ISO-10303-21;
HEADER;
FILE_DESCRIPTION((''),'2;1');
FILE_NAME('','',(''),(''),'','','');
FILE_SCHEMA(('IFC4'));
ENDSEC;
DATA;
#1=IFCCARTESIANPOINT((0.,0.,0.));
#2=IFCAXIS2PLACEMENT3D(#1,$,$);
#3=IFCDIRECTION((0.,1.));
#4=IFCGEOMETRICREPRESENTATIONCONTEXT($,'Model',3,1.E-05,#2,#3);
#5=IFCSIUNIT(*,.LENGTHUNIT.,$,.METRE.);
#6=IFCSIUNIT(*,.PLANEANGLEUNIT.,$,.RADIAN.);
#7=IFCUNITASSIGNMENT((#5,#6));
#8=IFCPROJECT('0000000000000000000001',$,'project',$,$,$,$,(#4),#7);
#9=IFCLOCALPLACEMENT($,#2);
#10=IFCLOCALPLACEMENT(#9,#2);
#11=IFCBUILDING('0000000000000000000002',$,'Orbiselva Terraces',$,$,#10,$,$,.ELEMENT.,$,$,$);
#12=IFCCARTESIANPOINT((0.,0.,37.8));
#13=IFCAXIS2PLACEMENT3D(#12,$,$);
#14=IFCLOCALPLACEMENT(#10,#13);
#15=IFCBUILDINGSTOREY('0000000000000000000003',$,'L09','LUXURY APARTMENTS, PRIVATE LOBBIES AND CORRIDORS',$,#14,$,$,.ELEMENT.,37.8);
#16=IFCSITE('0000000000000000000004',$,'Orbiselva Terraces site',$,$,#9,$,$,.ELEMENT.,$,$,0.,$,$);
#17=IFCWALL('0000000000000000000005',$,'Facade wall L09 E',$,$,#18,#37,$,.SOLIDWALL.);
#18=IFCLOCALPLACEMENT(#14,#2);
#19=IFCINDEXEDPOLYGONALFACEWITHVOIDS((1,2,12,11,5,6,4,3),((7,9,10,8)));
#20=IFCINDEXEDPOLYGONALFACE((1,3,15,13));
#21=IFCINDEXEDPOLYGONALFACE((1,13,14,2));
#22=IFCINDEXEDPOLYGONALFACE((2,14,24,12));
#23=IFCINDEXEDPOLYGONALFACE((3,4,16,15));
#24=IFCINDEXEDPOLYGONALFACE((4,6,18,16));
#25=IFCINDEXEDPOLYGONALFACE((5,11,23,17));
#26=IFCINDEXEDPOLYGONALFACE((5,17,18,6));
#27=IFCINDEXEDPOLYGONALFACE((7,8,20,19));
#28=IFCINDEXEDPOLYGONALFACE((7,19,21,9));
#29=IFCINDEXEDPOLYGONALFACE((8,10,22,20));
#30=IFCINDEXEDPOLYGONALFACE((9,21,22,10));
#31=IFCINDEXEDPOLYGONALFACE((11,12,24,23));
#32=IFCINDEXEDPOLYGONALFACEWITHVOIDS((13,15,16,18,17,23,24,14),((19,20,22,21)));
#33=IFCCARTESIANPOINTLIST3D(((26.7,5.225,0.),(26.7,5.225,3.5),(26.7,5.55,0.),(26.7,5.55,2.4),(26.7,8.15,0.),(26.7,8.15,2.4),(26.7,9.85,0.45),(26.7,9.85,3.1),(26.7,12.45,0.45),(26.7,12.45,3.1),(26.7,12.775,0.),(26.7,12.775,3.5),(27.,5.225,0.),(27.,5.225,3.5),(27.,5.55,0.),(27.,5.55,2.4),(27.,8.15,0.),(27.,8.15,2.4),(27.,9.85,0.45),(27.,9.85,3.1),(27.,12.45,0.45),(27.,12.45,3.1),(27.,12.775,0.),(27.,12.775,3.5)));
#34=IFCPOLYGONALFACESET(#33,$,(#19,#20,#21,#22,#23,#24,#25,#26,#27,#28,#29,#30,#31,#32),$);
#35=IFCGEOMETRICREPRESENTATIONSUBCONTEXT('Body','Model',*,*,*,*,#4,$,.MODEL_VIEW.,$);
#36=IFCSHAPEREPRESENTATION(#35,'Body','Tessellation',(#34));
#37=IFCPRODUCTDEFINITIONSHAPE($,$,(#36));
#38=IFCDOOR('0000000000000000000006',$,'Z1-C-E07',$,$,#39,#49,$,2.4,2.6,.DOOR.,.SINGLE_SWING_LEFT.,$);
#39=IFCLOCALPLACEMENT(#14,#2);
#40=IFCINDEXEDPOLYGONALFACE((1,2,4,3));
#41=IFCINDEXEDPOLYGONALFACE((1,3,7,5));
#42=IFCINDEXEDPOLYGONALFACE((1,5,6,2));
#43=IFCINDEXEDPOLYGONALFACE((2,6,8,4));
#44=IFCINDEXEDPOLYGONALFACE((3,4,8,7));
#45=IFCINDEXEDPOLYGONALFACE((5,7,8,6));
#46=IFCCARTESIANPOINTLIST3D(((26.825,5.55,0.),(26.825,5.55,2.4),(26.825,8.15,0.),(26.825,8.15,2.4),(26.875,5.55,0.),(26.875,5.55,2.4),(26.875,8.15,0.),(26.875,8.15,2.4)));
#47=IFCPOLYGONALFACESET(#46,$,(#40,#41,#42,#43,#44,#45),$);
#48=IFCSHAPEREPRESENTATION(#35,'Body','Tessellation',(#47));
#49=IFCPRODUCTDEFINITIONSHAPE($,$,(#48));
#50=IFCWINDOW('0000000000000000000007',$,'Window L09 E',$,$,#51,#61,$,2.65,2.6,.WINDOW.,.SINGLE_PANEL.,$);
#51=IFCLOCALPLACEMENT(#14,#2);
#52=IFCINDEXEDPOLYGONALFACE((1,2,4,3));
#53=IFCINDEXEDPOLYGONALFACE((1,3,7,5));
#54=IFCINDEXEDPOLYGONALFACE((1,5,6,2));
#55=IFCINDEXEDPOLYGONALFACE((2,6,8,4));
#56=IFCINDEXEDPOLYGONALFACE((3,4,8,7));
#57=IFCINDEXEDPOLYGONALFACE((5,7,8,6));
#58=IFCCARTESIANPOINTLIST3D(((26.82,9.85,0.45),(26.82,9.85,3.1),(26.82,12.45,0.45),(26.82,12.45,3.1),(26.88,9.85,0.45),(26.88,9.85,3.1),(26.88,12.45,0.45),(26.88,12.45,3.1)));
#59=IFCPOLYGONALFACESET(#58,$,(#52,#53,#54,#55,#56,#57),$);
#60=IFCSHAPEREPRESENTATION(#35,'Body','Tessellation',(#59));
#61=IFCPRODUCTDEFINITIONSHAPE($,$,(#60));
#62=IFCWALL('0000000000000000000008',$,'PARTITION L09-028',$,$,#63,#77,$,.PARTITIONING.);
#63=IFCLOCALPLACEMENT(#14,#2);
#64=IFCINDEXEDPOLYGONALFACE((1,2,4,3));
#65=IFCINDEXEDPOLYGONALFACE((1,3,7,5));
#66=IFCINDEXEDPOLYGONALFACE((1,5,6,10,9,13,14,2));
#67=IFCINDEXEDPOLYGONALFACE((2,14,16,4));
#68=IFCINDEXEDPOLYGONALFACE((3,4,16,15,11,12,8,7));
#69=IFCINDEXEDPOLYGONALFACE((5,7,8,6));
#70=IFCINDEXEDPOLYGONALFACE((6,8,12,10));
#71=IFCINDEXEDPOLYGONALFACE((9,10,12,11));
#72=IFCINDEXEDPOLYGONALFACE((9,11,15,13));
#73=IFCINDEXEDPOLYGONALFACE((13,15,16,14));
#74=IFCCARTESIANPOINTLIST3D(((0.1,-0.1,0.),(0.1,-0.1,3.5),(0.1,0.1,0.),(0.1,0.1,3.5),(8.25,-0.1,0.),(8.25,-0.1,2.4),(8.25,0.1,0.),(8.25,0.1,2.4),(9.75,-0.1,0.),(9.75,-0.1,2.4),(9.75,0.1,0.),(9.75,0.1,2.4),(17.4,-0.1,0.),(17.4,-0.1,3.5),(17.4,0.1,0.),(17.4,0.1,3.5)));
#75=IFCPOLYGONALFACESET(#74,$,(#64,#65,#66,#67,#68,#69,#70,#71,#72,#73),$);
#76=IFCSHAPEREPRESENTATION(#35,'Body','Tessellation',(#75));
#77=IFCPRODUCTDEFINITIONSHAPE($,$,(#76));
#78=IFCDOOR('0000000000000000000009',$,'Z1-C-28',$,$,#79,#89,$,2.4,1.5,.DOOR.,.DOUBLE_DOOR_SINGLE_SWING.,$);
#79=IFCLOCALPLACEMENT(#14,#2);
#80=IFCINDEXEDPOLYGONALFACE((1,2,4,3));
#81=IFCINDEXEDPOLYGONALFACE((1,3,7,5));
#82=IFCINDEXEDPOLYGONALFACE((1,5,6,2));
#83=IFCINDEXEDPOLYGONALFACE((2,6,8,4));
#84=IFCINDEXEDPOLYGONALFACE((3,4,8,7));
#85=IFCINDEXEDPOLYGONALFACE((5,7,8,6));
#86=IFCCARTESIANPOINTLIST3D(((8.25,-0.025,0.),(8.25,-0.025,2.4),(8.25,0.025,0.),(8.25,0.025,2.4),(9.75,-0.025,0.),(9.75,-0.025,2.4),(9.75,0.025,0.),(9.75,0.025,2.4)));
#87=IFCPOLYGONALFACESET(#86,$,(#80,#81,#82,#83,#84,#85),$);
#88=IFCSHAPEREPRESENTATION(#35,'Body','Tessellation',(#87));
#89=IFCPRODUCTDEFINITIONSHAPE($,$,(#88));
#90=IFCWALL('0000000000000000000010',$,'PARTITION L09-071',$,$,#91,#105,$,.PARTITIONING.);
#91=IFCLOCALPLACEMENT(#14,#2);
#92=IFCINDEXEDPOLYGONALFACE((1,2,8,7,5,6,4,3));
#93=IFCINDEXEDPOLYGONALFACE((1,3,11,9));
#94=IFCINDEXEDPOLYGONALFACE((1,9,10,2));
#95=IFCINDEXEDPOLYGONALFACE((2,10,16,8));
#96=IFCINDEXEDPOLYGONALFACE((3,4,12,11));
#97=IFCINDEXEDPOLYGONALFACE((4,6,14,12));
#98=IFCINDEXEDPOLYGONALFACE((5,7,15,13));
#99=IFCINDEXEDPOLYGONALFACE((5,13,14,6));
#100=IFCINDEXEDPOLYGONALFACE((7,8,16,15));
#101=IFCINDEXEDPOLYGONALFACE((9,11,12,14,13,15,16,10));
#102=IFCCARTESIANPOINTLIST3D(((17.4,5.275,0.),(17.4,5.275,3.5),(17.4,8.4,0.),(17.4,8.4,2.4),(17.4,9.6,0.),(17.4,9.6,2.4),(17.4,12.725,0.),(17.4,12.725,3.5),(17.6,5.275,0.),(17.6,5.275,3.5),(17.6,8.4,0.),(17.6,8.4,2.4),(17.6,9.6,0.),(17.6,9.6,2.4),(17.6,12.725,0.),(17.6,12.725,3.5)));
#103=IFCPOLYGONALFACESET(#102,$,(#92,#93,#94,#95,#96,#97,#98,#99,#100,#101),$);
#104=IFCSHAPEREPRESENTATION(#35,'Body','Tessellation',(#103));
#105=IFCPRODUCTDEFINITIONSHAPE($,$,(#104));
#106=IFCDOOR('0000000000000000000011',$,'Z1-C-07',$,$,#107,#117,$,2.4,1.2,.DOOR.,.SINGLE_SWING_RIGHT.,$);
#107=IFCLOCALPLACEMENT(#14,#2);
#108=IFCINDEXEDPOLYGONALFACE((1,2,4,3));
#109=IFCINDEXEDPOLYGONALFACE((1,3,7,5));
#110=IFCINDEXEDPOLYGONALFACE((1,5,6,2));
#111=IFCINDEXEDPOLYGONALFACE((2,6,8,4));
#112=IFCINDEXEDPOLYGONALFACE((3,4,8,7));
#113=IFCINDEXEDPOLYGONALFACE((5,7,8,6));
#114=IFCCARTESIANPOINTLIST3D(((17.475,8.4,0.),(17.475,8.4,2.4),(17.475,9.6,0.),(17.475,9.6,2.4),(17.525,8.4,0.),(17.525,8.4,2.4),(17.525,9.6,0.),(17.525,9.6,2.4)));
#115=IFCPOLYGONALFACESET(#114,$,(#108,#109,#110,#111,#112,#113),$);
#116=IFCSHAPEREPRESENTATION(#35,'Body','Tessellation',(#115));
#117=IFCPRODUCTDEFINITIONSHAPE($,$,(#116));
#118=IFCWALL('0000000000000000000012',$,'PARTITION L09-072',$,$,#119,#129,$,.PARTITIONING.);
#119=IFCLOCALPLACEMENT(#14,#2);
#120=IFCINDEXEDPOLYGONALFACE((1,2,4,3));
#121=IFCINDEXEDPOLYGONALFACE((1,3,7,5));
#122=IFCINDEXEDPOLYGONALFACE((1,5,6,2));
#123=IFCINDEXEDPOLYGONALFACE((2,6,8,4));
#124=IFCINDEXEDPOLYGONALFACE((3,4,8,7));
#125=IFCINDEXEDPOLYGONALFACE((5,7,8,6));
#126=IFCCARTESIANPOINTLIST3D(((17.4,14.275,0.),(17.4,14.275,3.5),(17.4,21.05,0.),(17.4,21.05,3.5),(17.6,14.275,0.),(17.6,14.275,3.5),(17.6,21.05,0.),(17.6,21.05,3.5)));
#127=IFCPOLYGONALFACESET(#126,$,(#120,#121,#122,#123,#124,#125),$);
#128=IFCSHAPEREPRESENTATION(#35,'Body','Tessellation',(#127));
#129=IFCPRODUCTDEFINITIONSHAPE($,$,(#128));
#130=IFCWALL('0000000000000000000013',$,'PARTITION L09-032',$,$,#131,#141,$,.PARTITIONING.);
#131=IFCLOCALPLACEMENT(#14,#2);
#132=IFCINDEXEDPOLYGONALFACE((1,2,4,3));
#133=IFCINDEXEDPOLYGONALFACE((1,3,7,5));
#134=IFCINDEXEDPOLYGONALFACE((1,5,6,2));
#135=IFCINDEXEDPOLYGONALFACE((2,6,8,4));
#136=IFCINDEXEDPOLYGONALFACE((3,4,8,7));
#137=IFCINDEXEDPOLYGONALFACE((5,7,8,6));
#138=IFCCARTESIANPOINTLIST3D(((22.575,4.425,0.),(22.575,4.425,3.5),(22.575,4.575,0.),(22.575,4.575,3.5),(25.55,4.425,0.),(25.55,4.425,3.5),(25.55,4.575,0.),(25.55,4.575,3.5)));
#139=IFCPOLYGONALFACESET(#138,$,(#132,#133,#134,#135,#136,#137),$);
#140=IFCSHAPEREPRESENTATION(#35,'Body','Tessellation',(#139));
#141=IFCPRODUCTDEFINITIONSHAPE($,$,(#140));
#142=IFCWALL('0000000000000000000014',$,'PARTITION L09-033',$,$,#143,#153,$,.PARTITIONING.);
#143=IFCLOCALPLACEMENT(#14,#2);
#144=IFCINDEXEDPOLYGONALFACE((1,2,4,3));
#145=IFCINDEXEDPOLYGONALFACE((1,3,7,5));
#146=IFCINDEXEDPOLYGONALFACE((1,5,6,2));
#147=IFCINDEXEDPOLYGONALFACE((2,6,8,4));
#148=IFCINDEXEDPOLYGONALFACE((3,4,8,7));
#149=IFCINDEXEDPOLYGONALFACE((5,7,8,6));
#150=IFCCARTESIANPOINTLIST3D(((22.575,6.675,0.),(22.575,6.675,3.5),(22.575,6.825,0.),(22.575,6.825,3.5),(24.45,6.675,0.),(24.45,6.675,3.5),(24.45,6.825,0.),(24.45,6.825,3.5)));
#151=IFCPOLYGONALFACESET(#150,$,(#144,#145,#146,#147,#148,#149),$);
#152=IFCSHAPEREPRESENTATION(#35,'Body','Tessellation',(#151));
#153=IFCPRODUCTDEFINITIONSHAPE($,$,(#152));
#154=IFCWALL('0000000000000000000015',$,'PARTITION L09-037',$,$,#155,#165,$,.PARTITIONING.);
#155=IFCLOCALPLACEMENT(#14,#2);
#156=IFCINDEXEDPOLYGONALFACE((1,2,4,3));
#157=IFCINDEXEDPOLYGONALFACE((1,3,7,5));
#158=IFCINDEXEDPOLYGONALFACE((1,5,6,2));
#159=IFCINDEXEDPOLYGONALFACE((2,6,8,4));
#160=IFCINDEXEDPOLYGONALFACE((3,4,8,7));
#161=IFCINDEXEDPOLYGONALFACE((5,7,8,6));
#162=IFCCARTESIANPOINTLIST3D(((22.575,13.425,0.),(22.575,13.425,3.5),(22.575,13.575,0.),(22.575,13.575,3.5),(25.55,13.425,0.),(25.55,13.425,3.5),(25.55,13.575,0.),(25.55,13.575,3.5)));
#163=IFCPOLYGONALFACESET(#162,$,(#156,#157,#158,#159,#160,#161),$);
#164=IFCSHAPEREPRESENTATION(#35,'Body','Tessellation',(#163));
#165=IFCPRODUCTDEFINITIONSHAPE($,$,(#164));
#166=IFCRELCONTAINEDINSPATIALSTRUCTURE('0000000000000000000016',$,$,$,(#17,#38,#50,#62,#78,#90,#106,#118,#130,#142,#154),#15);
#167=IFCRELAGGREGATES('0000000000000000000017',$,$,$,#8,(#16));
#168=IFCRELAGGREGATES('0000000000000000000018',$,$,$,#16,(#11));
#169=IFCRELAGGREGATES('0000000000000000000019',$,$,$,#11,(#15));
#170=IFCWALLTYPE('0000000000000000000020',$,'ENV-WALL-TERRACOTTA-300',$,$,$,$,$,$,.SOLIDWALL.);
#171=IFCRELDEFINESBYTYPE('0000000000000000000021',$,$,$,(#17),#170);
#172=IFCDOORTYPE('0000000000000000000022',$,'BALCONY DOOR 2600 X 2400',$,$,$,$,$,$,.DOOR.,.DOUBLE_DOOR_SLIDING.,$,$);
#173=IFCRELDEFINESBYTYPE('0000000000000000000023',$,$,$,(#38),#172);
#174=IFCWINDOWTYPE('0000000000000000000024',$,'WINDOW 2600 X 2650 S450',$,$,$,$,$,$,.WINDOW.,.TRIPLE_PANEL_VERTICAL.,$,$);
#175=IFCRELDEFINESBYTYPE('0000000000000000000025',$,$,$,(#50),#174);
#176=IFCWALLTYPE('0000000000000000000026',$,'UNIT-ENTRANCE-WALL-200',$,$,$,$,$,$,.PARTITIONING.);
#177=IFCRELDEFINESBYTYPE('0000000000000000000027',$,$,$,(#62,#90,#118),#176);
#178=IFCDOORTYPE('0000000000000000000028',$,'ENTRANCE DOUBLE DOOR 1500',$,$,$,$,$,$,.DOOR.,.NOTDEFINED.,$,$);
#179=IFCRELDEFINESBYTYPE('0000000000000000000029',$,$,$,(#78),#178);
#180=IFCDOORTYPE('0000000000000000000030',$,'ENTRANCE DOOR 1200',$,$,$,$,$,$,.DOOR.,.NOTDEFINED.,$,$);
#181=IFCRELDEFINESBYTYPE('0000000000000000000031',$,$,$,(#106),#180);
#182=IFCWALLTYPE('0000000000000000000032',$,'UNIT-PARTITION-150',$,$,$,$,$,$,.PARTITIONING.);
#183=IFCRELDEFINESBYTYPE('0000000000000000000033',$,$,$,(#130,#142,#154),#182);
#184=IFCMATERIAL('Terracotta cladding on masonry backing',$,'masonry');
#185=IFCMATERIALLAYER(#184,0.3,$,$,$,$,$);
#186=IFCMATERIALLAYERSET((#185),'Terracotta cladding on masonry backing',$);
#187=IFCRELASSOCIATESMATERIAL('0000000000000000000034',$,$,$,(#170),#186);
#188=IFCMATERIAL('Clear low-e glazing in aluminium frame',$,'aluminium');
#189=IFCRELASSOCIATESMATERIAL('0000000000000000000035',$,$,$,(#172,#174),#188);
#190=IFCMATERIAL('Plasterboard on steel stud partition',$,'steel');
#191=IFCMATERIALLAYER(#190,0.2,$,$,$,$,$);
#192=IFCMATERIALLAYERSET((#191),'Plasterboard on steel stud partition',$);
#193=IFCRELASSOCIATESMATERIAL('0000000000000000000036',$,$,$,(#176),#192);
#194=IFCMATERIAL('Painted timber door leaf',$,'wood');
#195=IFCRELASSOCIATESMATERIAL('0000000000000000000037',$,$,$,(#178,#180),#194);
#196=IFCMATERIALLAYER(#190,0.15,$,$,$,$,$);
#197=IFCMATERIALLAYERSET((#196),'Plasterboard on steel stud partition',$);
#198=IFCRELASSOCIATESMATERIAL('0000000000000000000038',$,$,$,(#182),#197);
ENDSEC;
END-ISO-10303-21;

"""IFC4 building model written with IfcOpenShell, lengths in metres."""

from ifc_helpers import new_model, si_unit, direction, frame, frame_2d, origin, place, context, subcontext, project, spatial, rectangle, extrude, material, layer, layer_set, type_object, element, fill, save


model = new_model("IFC4")

# Units and contexts
model_context = context("Model", 3, precision=1e-05, world=origin(), true_north=direction((0.0, 1.0)))
body_context = subcontext(model_context, "Body", "Model", "MODEL_VIEW")
ifc_project = project(units=[si_unit("LENGTHUNIT", "METRE"), si_unit("PLANEANGLEUNIT", "RADIAN")], contexts=[model_context])

# Site, building, storey
site_placement = place(None, origin())
site = spatial("IfcSite", under=ifc_project, at=site_placement, Name="Orbiselva Terraces site", CompositionType="ELEMENT", RefElevation=0.0)
building_placement = place(site_placement, origin())
building = spatial("IfcBuilding", under=site, at=building_placement, Name="Orbiselva Terraces", CompositionType="ELEMENT")
storey_placement = place(building_placement, frame((0.0, 0.0, 37.8)))
storey = spatial("IfcBuildingStorey", under=building, at=storey_placement, Name="L09", Description="LUXURY APARTMENTS, PRIVATE LOBBIES AND CORRIDORS", CompositionType="ELEMENT", Elevation=37.8)

# Wall, openings, door, window
ifc_material_1 = material(Name="Terracotta cladding on masonry backing", Category="masonry")
ifc_layer_1 = layer(ifc_material_1, 0.3)
ifc_layer_set_1 = layer_set([ifc_layer_1], Name="Terracotta cladding on masonry backing")
wall_type_1 = type_object("IfcWallType", Name="ENV-WALL-TERRACOTTA-300", PredefinedType="SOLIDWALL", material=ifc_layer_set_1)
ifc_material_2 = material(Name="Clear low-e glazing in aluminium frame", Category="aluminium")
door_type_1 = type_object("IfcDoorType", Name="BALCONY DOOR 2600 X 2400", OperationType="DOUBLE_DOOR_SLIDING", PredefinedType="DOOR", material=ifc_material_2)
window_type = type_object("IfcWindowType", Name="WINDOW 2600 X 2650 S450", PartitioningType="TRIPLE_PANEL_VERTICAL", PredefinedType="WINDOW", material=ifc_material_2)
wall_1_placement = place(storey_placement, frame((26.85, 12.775, 0.0), z_axis=(0.0, 0.0, 1.0), x_axis=(0.0, -1.0, 0.0)))
wall_1 = element("IfcWall", 1, at=wall_1_placement, inside=storey, type_object=wall_type_1, Name="Facade wall L09 E", PredefinedType="SOLIDWALL", context=body_context, shape_type="SweptSolid", body=[
    extrude(rectangle(XDim=7.55, YDim=0.3, at=frame_2d((3.775, 0.0))), origin(), (0.0, 0.0, 1.0), 3.5),
])
opening_1_placement = place(wall_1_placement, frame((4.625, 0.0, 0.0)))
opening_1 = element("IfcOpeningElement", 2, at=opening_1_placement, cuts=wall_1, PredefinedType="OPENING", context=body_context, shape_type="SweptSolid", body=[
    extrude(rectangle(XDim=2.6, YDim=2.4, at=frame_2d((1.3, 1.2))), frame((0.0, 0.16, 0.0), z_axis=(0.0, -1.0, 0.0), x_axis=(1.0, 0.0, 0.0)), (0.0, 0.0, 1.0), 0.32),
])
opening_2_placement = place(wall_1_placement, frame((0.325, 0.0, 0.45)))
opening_2 = element("IfcOpeningElement", 3, at=opening_2_placement, cuts=wall_1, PredefinedType="OPENING", context=body_context, shape_type="SweptSolid", body=[
    extrude(rectangle(XDim=2.6, YDim=2.65, at=frame_2d((1.3, 1.325))), frame((0.0, 0.16, 0.0), z_axis=(0.0, -1.0, 0.0), x_axis=(1.0, 0.0, 0.0)), (0.0, 0.0, 1.0), 0.32),
])
door_1_placement = place(opening_1_placement, origin())
door_1 = element("IfcDoor", 4, at=door_1_placement, inside=storey, type_object=door_type_1, Name="Z1-C-E07", OperationType="SINGLE_SWING_LEFT", OverallHeight=2.4, OverallWidth=2.6, PredefinedType="DOOR", context=body_context, shape_type="SweptSolid", body=[
    extrude(rectangle(XDim=2.6, YDim=2.4, at=frame_2d((1.3, 1.2))), frame((0.0, 0.025, 0.0), z_axis=(0.0, -1.0, 0.0), x_axis=(1.0, 0.0, 0.0)), (0.0, 0.0, 1.0), 0.05),
])
fill(opening_1, door_1)
window_1_placement = place(opening_2_placement, origin())
window_1 = element("IfcWindow", 5, at=window_1_placement, inside=storey, type_object=window_type, Name="Window L09 E", OverallHeight=2.65, OverallWidth=2.6, PartitioningType="SINGLE_PANEL", PredefinedType="WINDOW", context=body_context, shape_type="SweptSolid", body=[
    extrude(rectangle(XDim=2.6, YDim=2.65, at=frame_2d((1.3, 1.325))), frame((0.0, 0.03, 0.0), z_axis=(0.0, -1.0, 0.0), x_axis=(1.0, 0.0, 0.0)), (0.0, 0.0, 1.0), 0.06),
])
fill(opening_2, window_1)

# Walls, openings, doors
ifc_material_3 = material(Name="Plasterboard on steel stud partition", Category="steel")
ifc_layer_2 = layer(ifc_material_3, 0.2)
ifc_layer_set_2 = layer_set([ifc_layer_2], Name="Plasterboard on steel stud partition")
wall_type_2 = type_object("IfcWallType", Name="UNIT-ENTRANCE-WALL-200", PredefinedType="PARTITIONING", material=ifc_layer_set_2)
wall_2_placement = place(storey_placement, frame((17.4, 0.0, 0.0), z_axis=(0.0, 0.0, 1.0), x_axis=(-1.0, 0.0, 0.0)))
wall_2 = element("IfcWall", 6, at=wall_2_placement, inside=storey, type_object=wall_type_2, Name="PARTITION L09-028", PredefinedType="PARTITIONING", context=body_context, shape_type="SweptSolid", body=[
    extrude(rectangle(XDim=17.3, YDim=0.2, at=frame_2d((8.65, 0.0))), origin(), (0.0, 0.0, 1.0), 3.5),
])
opening_3_placement = place(wall_2_placement, frame((7.65, 0.0, 0.0)))
opening_3 = element("IfcOpeningElement", 7, at=opening_3_placement, cuts=wall_2, PredefinedType="OPENING", context=body_context, shape_type="SweptSolid", body=[
    extrude(rectangle(XDim=1.5, YDim=2.4, at=frame_2d((0.75, 1.2))), frame((0.0, 0.11, 0.0), z_axis=(0.0, -1.0, 0.0), x_axis=(1.0, 0.0, 0.0)), (0.0, 0.0, 1.0), 0.22),
])
ifc_material_4 = material(Name="Painted timber door leaf", Category="wood")
door_type_2 = type_object("IfcDoorType", Name="ENTRANCE DOUBLE DOOR 1500", OperationType="NOTDEFINED", PredefinedType="DOOR", material=ifc_material_4)
door_2_placement = place(opening_3_placement, origin())
door_2 = element("IfcDoor", 8, at=door_2_placement, inside=storey, type_object=door_type_2, Name="Z1-C-28", OperationType="DOUBLE_DOOR_SINGLE_SWING", OverallHeight=2.4, OverallWidth=1.5, PredefinedType="DOOR", context=body_context, shape_type="SweptSolid", body=[
    extrude(rectangle(XDim=1.5, YDim=2.4, at=frame_2d((0.75, 1.2))), frame((0.0, 0.025, 0.0), z_axis=(0.0, -1.0, 0.0), x_axis=(1.0, 0.0, 0.0)), (0.0, 0.0, 1.0), 0.05),
])
fill(opening_3, door_2)
wall_3_placement = place(storey_placement, frame((17.5, 12.725, 0.0), z_axis=(0.0, 0.0, 1.0), x_axis=(0.0, -1.0, 0.0)))
wall_3 = element("IfcWall", 9, at=wall_3_placement, inside=storey, type_object=wall_type_2, Name="PARTITION L09-071", PredefinedType="PARTITIONING", context=body_context, shape_type="SweptSolid", body=[
    extrude(rectangle(XDim=7.45, YDim=0.2, at=frame_2d((3.725, 0.0))), origin(), (0.0, 0.0, 1.0), 3.5),
])
opening_4_placement = place(wall_3_placement, frame((3.125, 0.0, 0.0)))
opening_4 = element("IfcOpeningElement", 10, at=opening_4_placement, cuts=wall_3, PredefinedType="OPENING", context=body_context, shape_type="SweptSolid", body=[
    extrude(rectangle(XDim=1.2, YDim=2.4, at=frame_2d((0.6, 1.2))), frame((0.0, 0.11, 0.0), z_axis=(0.0, -1.0, 0.0), x_axis=(1.0, 0.0, 0.0)), (0.0, 0.0, 1.0), 0.22),
])
door_type_3 = type_object("IfcDoorType", Name="ENTRANCE DOOR 1200", OperationType="NOTDEFINED", PredefinedType="DOOR", material=ifc_material_4)
door_3_placement = place(opening_4_placement, origin())
door_3 = element("IfcDoor", 11, at=door_3_placement, inside=storey, type_object=door_type_3, Name="Z1-C-07", OperationType="SINGLE_SWING_RIGHT", OverallHeight=2.4, OverallWidth=1.2, PredefinedType="DOOR", context=body_context, shape_type="SweptSolid", body=[
    extrude(rectangle(XDim=1.2, YDim=2.4, at=frame_2d((0.6, 1.2))), frame((0.0, 0.025, 0.0), z_axis=(0.0, -1.0, 0.0), x_axis=(1.0, 0.0, 0.0)), (0.0, 0.0, 1.0), 0.05),
])
fill(opening_4, door_3)

# Walls
wall_4_placement = place(storey_placement, frame((17.5, 14.275, 0.0), z_axis=(0.0, 0.0, 1.0), x_axis=(0.0, 1.0, 0.0)))
element("IfcWall", 12, at=wall_4_placement, inside=storey, type_object=wall_type_2, Name="PARTITION L09-072", PredefinedType="PARTITIONING", context=body_context, shape_type="SweptSolid", body=[
    extrude(rectangle(XDim=6.775, YDim=0.2, at=frame_2d((3.3875, 0.0))), origin(), (0.0, 0.0, 1.0), 3.5),
])
ifc_layer_3 = layer(ifc_material_3, 0.15)
ifc_layer_set_3 = layer_set([ifc_layer_3], Name="Plasterboard on steel stud partition")
wall_type_3 = type_object("IfcWallType", Name="UNIT-PARTITION-150", PredefinedType="PARTITIONING", material=ifc_layer_set_3)
wall_5_placement = place(storey_placement, frame((22.575, 4.5, 0.0), z_axis=(0.0, 0.0, 1.0), x_axis=(1.0, 0.0, 0.0)))
element("IfcWall", 13, at=wall_5_placement, inside=storey, type_object=wall_type_3, Name="PARTITION L09-032", PredefinedType="PARTITIONING", context=body_context, shape_type="SweptSolid", body=[
    extrude(rectangle(XDim=2.975, YDim=0.15, at=frame_2d((1.4875, 0.0))), origin(), (0.0, 0.0, 1.0), 3.5),
])
wall_6_placement = place(storey_placement, frame((22.575, 6.75, 0.0), z_axis=(0.0, 0.0, 1.0), x_axis=(1.0, 0.0, 0.0)))
element("IfcWall", 14, at=wall_6_placement, inside=storey, type_object=wall_type_3, Name="PARTITION L09-033", PredefinedType="PARTITIONING", context=body_context, shape_type="SweptSolid", body=[
    extrude(rectangle(XDim=1.875, YDim=0.15, at=frame_2d((0.9375, 0.0))), origin(), (0.0, 0.0, 1.0), 3.5),
])
wall_7_placement = place(storey_placement, frame((22.575, 13.5, 0.0), z_axis=(0.0, 0.0, 1.0), x_axis=(1.0, 0.0, 0.0)))
element("IfcWall", 15, at=wall_7_placement, inside=storey, type_object=wall_type_3, Name="PARTITION L09-037", PredefinedType="PARTITIONING", context=body_context, shape_type="SweptSolid", body=[
    extrude(rectangle(XDim=2.975, YDim=0.15, at=frame_2d((1.4875, 0.0))), origin(), (0.0, 0.0, 1.0), 3.5),
])

save(model, "model.ifc")
